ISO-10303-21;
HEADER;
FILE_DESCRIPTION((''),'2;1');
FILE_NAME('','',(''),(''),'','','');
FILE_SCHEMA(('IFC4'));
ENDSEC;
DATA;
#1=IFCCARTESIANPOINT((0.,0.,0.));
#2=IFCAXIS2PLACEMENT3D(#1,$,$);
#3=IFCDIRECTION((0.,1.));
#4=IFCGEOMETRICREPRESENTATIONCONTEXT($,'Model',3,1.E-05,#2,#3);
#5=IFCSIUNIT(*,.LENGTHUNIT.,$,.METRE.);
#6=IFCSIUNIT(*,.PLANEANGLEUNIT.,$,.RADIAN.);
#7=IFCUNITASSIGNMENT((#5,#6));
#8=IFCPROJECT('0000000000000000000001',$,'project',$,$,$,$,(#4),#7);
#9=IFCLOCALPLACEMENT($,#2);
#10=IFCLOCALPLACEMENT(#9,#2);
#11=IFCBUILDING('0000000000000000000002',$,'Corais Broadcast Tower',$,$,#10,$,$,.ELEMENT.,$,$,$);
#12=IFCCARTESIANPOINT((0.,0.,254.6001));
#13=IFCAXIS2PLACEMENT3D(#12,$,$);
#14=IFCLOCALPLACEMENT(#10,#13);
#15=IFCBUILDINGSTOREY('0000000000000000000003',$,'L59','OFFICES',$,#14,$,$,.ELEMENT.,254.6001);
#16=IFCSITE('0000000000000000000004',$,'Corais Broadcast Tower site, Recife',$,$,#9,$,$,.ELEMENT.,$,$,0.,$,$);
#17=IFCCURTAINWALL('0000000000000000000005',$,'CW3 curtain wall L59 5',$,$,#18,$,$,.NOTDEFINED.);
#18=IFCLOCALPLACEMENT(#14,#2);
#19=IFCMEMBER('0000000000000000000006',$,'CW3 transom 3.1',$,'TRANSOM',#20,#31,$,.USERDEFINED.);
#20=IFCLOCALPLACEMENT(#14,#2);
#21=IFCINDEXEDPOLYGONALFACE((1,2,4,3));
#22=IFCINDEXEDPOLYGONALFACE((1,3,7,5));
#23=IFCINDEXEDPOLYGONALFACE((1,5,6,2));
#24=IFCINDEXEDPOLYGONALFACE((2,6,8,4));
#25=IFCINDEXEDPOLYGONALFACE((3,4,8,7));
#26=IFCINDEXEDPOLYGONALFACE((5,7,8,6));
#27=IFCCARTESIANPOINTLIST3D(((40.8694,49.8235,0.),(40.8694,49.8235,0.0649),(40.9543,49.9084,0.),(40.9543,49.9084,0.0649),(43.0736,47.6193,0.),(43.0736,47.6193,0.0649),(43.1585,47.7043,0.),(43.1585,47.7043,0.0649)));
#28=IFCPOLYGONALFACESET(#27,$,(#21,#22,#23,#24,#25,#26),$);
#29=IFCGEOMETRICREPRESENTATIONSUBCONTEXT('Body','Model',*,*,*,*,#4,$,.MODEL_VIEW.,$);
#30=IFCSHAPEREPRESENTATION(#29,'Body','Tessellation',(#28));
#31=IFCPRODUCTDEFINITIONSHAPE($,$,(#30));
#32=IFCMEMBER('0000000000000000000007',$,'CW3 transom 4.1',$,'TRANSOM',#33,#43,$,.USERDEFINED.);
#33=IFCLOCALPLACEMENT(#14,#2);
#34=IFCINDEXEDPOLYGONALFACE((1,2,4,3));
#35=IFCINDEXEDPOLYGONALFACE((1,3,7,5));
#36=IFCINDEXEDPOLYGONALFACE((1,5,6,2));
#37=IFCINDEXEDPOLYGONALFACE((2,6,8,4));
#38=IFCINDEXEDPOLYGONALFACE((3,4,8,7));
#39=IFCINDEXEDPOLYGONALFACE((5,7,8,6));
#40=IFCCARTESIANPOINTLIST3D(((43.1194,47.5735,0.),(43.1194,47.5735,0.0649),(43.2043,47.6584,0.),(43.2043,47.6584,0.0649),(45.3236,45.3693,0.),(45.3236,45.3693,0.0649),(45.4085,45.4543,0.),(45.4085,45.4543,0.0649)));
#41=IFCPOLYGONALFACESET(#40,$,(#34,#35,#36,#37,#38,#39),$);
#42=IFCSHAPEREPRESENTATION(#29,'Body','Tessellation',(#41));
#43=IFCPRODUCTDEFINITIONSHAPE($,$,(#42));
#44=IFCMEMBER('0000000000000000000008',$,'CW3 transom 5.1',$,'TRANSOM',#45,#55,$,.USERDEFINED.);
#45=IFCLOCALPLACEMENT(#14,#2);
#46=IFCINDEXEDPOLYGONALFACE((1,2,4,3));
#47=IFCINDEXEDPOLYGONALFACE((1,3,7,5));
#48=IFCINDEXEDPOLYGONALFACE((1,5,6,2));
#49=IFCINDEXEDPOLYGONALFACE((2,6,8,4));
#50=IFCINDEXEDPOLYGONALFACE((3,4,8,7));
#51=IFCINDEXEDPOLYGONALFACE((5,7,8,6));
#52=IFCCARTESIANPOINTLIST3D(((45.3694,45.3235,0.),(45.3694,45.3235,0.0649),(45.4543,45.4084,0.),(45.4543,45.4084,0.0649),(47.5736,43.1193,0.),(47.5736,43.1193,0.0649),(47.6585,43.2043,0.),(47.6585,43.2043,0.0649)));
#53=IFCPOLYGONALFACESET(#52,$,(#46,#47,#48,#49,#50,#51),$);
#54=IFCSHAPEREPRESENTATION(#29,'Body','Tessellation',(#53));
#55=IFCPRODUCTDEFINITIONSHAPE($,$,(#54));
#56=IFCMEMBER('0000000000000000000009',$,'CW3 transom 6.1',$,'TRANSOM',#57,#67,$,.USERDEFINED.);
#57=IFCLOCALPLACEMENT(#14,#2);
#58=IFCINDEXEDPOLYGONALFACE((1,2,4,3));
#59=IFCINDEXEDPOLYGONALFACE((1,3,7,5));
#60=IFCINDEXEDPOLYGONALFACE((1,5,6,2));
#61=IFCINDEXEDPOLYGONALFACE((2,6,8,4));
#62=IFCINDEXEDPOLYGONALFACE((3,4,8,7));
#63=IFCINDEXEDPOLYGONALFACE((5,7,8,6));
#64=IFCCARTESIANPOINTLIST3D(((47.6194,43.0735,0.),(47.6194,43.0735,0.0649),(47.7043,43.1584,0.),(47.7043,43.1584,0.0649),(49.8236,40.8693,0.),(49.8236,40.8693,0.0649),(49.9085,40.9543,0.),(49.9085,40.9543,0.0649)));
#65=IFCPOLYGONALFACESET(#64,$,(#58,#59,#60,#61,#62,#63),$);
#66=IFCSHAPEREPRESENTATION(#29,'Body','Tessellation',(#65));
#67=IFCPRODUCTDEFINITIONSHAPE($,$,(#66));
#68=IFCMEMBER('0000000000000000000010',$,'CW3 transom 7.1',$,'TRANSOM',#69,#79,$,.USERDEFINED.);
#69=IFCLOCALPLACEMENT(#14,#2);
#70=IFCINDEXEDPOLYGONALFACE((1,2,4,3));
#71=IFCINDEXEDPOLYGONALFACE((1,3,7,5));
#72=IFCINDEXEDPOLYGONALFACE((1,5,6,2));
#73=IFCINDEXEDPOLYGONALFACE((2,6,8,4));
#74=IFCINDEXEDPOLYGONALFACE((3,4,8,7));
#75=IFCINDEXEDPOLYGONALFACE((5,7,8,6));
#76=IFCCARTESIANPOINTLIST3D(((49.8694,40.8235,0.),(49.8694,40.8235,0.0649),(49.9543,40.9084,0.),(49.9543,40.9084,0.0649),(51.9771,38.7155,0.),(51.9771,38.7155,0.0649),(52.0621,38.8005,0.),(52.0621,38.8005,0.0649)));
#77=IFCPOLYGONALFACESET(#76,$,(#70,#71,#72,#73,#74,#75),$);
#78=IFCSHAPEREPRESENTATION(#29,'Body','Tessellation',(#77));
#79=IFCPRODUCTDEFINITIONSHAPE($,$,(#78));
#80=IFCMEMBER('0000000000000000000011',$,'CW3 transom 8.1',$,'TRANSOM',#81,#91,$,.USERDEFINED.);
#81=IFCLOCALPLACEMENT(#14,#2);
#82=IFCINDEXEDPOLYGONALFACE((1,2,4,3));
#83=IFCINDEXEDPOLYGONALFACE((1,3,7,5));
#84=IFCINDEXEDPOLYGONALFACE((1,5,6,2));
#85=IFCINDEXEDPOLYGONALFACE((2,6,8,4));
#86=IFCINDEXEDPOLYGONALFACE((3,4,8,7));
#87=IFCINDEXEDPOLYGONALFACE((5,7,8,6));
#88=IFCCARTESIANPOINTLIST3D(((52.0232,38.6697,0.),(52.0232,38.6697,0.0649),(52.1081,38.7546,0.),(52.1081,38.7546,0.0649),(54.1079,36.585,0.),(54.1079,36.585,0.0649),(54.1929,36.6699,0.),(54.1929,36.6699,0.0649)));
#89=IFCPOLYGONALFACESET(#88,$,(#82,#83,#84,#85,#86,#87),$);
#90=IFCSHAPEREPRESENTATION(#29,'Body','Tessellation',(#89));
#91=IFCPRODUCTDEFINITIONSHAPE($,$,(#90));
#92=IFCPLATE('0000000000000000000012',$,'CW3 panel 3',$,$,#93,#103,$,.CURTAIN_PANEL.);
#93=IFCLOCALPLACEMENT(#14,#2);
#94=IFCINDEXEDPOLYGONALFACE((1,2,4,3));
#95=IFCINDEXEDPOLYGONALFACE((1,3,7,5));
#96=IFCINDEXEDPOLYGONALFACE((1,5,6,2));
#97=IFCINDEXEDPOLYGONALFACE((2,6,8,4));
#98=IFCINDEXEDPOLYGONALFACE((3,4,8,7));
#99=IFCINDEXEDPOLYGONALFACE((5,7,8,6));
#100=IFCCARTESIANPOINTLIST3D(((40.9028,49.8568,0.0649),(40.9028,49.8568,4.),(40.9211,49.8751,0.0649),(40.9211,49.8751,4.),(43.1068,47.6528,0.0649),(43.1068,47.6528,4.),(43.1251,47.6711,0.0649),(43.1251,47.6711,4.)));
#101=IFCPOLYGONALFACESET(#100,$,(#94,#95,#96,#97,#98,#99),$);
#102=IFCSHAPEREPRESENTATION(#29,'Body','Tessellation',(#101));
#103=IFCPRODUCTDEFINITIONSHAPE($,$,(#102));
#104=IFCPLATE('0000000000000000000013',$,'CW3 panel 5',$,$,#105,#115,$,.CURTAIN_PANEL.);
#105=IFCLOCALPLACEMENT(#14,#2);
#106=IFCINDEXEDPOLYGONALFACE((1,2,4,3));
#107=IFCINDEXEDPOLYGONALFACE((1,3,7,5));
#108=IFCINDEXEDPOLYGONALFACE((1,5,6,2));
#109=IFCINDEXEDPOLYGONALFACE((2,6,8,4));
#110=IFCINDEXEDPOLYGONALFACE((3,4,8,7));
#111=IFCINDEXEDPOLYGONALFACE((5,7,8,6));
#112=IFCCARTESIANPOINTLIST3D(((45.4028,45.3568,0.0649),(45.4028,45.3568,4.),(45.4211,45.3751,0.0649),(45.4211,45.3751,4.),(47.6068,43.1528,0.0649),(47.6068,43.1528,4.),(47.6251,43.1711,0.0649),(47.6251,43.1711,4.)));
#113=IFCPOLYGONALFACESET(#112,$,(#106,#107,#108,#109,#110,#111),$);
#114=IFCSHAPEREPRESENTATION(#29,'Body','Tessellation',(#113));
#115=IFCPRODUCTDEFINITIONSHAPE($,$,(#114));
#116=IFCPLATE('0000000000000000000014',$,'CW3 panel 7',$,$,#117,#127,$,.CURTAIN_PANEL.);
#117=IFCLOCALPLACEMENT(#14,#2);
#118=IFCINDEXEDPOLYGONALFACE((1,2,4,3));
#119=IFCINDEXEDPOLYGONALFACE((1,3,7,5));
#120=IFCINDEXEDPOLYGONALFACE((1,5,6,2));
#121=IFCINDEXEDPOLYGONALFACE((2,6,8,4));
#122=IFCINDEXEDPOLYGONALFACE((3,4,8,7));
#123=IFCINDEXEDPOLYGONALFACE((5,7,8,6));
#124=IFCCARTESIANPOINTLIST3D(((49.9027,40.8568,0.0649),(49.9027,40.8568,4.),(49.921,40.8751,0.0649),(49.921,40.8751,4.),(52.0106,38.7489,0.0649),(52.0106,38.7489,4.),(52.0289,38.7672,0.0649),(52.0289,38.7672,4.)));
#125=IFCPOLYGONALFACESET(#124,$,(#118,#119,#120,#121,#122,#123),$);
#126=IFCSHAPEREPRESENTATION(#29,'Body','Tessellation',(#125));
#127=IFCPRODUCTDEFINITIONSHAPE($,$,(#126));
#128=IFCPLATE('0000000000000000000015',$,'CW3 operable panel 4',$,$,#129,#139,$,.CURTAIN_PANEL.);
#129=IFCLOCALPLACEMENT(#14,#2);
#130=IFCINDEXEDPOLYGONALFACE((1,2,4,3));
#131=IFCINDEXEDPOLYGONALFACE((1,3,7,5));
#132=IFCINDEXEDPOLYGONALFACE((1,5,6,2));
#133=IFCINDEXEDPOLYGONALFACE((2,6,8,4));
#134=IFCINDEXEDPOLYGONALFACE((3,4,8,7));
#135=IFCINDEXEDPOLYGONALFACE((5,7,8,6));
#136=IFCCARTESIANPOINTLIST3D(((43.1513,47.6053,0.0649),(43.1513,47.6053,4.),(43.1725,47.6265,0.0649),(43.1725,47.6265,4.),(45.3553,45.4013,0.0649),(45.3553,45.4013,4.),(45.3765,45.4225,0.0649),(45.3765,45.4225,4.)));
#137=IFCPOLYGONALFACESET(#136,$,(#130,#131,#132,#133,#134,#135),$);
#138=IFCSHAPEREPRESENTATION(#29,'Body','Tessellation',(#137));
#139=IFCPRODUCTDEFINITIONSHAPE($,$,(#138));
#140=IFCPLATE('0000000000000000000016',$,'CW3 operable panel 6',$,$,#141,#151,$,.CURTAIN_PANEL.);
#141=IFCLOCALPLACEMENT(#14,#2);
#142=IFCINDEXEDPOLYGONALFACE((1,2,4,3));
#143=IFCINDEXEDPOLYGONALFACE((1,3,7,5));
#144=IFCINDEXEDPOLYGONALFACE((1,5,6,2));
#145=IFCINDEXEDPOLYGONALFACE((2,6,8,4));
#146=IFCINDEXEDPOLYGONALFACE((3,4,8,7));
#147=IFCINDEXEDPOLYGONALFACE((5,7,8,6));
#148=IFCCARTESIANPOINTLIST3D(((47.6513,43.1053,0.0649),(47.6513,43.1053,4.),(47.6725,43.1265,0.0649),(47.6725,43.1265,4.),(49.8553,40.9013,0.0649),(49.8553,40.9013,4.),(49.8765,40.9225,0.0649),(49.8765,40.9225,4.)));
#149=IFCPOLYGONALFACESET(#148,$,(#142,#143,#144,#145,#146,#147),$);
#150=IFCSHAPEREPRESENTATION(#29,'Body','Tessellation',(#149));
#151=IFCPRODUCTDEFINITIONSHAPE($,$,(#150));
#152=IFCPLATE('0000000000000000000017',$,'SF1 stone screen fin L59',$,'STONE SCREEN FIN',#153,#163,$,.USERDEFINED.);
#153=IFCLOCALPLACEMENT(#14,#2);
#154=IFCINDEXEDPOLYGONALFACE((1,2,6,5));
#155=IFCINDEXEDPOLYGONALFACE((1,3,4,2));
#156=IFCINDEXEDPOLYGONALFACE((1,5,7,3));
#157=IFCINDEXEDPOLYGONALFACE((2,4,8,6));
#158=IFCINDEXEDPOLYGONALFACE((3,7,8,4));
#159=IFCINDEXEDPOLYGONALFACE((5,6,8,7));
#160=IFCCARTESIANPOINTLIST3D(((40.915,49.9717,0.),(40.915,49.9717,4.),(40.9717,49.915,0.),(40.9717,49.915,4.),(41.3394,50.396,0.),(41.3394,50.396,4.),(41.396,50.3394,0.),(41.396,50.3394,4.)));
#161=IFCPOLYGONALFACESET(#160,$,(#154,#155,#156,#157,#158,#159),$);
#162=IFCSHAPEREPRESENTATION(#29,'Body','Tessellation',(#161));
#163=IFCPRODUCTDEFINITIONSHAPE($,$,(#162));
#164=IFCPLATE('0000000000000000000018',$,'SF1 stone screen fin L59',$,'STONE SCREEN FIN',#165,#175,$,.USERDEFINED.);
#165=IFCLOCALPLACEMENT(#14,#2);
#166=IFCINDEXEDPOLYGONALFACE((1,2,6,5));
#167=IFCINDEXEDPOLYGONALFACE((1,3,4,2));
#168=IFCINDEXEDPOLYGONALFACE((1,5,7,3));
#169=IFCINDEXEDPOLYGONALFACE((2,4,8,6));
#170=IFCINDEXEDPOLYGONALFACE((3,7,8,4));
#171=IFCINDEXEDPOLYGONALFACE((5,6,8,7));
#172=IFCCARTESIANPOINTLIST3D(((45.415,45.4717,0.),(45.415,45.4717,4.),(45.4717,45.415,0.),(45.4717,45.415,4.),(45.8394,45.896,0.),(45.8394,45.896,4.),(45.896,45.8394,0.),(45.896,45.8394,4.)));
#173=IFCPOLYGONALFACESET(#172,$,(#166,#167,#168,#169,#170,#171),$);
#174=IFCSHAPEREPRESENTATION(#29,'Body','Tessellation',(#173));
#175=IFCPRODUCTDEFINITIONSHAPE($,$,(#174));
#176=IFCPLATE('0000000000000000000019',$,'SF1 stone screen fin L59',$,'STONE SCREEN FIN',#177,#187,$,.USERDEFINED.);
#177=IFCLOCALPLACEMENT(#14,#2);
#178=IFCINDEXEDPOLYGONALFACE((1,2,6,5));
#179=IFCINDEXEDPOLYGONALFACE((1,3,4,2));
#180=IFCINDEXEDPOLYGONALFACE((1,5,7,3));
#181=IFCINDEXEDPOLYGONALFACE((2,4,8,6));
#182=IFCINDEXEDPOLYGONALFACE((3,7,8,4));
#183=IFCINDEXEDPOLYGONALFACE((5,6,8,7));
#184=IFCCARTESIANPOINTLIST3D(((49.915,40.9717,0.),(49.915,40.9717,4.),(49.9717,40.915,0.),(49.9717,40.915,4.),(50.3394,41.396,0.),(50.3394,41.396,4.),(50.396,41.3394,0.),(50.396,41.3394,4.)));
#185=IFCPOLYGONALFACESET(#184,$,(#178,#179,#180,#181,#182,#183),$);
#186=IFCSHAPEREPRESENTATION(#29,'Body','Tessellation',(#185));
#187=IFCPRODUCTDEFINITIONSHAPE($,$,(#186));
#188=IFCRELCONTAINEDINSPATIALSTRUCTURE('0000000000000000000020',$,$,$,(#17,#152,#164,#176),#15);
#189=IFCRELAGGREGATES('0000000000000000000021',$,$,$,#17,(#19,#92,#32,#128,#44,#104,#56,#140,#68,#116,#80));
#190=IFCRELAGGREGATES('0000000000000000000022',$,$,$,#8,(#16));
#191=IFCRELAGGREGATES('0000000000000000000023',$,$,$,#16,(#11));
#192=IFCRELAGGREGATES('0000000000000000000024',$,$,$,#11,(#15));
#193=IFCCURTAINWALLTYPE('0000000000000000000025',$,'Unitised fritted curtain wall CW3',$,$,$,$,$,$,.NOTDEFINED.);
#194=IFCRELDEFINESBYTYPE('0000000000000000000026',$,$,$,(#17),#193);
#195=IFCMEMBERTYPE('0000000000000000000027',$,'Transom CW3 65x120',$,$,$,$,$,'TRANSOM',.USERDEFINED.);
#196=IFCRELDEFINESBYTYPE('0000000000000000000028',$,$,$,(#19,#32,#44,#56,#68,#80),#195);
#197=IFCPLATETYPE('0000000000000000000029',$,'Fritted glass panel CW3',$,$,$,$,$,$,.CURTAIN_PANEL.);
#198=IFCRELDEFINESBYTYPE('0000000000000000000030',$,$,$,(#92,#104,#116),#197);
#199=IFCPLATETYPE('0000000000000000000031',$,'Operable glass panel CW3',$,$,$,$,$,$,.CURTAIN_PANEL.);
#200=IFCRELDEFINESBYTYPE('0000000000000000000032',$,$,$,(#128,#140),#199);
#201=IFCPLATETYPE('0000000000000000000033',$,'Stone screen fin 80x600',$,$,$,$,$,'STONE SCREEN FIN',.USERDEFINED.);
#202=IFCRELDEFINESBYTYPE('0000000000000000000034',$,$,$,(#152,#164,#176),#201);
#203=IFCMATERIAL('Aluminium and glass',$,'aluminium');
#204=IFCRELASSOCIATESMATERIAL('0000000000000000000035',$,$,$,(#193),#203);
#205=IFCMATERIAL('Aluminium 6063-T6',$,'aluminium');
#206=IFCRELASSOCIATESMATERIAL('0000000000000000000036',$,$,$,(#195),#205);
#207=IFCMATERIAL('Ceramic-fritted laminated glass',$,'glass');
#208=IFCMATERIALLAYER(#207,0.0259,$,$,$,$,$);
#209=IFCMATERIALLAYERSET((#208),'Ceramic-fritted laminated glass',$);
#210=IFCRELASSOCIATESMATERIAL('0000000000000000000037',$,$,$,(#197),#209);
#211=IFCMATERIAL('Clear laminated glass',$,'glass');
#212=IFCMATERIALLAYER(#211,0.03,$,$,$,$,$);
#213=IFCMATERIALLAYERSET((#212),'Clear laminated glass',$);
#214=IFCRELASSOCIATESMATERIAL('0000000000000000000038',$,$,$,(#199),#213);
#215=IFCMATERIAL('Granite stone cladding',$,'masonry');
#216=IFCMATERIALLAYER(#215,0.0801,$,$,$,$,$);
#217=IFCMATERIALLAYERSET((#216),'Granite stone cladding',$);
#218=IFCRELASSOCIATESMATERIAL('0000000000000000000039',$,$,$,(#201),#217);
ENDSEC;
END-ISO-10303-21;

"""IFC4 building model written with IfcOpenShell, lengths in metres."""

from ifc_helpers import new_model, si_unit, direction, frame, origin, origin_2d, place, context, subcontext, project, spatial, rectangle, extrude, material, layer, layer_set, material_profile, profile_set, type_object, element, aggregate, save


model = new_model("IFC4")

# Units and contexts
model_context = context("Model", 3, precision=1e-05, world=origin(), true_north=direction((0.0, 1.0)))
body_context = subcontext(model_context, "Body", "Model", "MODEL_VIEW")
ifc_project = project(units=[si_unit("LENGTHUNIT", "METRE"), si_unit("PLANEANGLEUNIT", "RADIAN")], contexts=[model_context])

# Site, building, storey
site_placement = place(None, origin())
site = spatial("IfcSite", under=ifc_project, at=site_placement, Name="Corais Broadcast Tower site, Recife", CompositionType="ELEMENT", RefElevation=0.0)
building_placement = place(site_placement, origin())
building = spatial("IfcBuilding", under=site, at=building_placement, Name="Corais Broadcast Tower", CompositionType="ELEMENT")
storey_placement = place(building_placement, frame((0.0, 0.0, 254.6001)))
storey = spatial("IfcBuildingStorey", under=building, at=storey_placement, Name="L59", Description="OFFICES", CompositionType="ELEMENT", Elevation=254.6001)

# Curtain wall
ifc_material_1 = material(Name="Aluminium and glass", Category="aluminium")
curtain_wall_type = type_object("IfcCurtainWallType", Name="Unitised fritted curtain wall CW3", PredefinedType="NOTDEFINED", material=ifc_material_1)
curtain_wall_placement = place(storey_placement, origin())
curtain_wall = element("IfcCurtainWall", 1, at=curtain_wall_placement, inside=storey, type_object=curtain_wall_type, Name="CW3 curtain wall L59 5", PredefinedType="NOTDEFINED")

# Members
ifc_material_2 = material(Name="Aluminium 6063-T6", Category="aluminium")
ifc_material_profile_1 = material_profile(ifc_material_2, rectangle(XDim=0.1201, YDim=0.0649, at=origin_2d()), Name="Transom CW3 65x120")
ifc_profile_set_1 = profile_set([ifc_material_profile_1], Name="Aluminium 6063-T6")
member_type_1 = type_object("IfcMemberType", Name="Transom CW3 65x120", ElementType="TRANSOM", PredefinedType="USERDEFINED", material=ifc_profile_set_1)
member_1_placement = place(storey_placement, frame((40.9119, 49.866, 0.0325), z_axis=(0.707107, -0.707107, 0.0), x_axis=(0.707107, 0.707107, 0.0)))
member_1 = element("IfcMember", 2, at=member_1_placement, type_object=member_type_1, Name="CW3 transom 3.1", ObjectType="TRANSOM", PredefinedType="USERDEFINED", context=body_context, shape_type="SweptSolid", body=[
    extrude(rectangle(XDim=0.1201, YDim=0.0649, at=origin_2d()), origin(), (0.0, 0.0, 1.0), 3.1172),
])
member_2_placement = place(storey_placement, frame((43.1619, 47.616, 0.0325), z_axis=(0.707107, -0.707107, 0.0), x_axis=(0.707107, 0.707107, 0.0)))
member_2 = element("IfcMember", 3, at=member_2_placement, type_object=member_type_1, Name="CW3 transom 4.1", ObjectType="TRANSOM", PredefinedType="USERDEFINED", context=body_context, shape_type="SweptSolid", body=[
    extrude(rectangle(XDim=0.1201, YDim=0.0649, at=origin_2d()), origin(), (0.0, 0.0, 1.0), 3.1172),
])
member_3_placement = place(storey_placement, frame((45.4119, 45.366, 0.0325), z_axis=(0.707107, -0.707107, 0.0), x_axis=(0.707107, 0.707107, 0.0)))
member_3 = element("IfcMember", 4, at=member_3_placement, type_object=member_type_1, Name="CW3 transom 5.1", ObjectType="TRANSOM", PredefinedType="USERDEFINED", context=body_context, shape_type="SweptSolid", body=[
    extrude(rectangle(XDim=0.1201, YDim=0.0649, at=origin_2d()), origin(), (0.0, 0.0, 1.0), 3.1172),
])
member_4_placement = place(storey_placement, frame((47.6619, 43.116, 0.0325), z_axis=(0.707107, -0.707107, 0.0), x_axis=(0.707107, 0.707107, 0.0)))
member_4 = element("IfcMember", 5, at=member_4_placement, type_object=member_type_1, Name="CW3 transom 6.1", ObjectType="TRANSOM", PredefinedType="USERDEFINED", context=body_context, shape_type="SweptSolid", body=[
    extrude(rectangle(XDim=0.1201, YDim=0.0649, at=origin_2d()), origin(), (0.0, 0.0, 1.0), 3.1172),
])
member_5_placement = place(storey_placement, frame((49.9119, 40.866, 0.0325), z_axis=(0.707066, -0.707148, 0.0), x_axis=(0.707148, 0.707066, 0.0)))
member_5 = element("IfcMember", 6, at=member_5_placement, type_object=member_type_1, Name="CW3 transom 7.1", ObjectType="TRANSOM", PredefinedType="USERDEFINED", context=body_context, shape_type="SweptSolid", body=[
    extrude(rectangle(XDim=0.1201, YDim=0.0649, at=origin_2d()), origin(), (0.0, 0.0, 1.0), 2.981),
])
member_6_placement = place(storey_placement, frame((52.0657, 38.7122, 0.0325), z_axis=(0.707107, -0.707107, 0.0), x_axis=(0.707107, 0.707107, 0.0)))
member_6 = element("IfcMember", 7, at=member_6_placement, type_object=member_type_1, Name="CW3 transom 8.1", ObjectType="TRANSOM", PredefinedType="USERDEFINED", context=body_context, shape_type="SweptSolid", body=[
    extrude(rectangle(XDim=0.1201, YDim=0.0649, at=origin_2d()), origin(), (0.0, 0.0, 1.0), 2.9482),
])

# Plates
ifc_material_3 = material(Name="Ceramic-fritted laminated glass", Category="glass")
ifc_layer_1 = layer(ifc_material_3, 0.0259)
ifc_layer_set_1 = layer_set([ifc_layer_1], Name="Ceramic-fritted laminated glass")
plate_type_1 = type_object("IfcPlateType", Name="Fritted glass panel CW3", PredefinedType="CURTAIN_PANEL", material=ifc_layer_set_1)
plate_1_placement = place(storey_placement, frame((42.0139, 48.7639, 0.0649), z_axis=(0.0, 0.0, 1.0), x_axis=(0.707107, -0.707107, 0.0)))
plate_1 = element("IfcPlate", 8, at=plate_1_placement, type_object=plate_type_1, Name="CW3 panel 3", PredefinedType="CURTAIN_PANEL", context=body_context, shape_type="SweptSolid", body=[
    extrude(rectangle(XDim=3.1169, YDim=0.0259, at=origin_2d()), origin(), (0.0, 0.0, 1.0), 3.9351),
])
plate_2_placement = place(storey_placement, frame((46.5139, 44.2639, 0.0649), z_axis=(0.0, 0.0, 1.0), x_axis=(0.707107, -0.707107, 0.0)))
plate_2 = element("IfcPlate", 9, at=plate_2_placement, type_object=plate_type_1, Name="CW3 panel 5", PredefinedType="CURTAIN_PANEL", context=body_context, shape_type="SweptSolid", body=[
    extrude(rectangle(XDim=3.1169, YDim=0.0259, at=origin_2d()), origin(), (0.0, 0.0, 1.0), 3.9351),
])
plate_3_placement = place(storey_placement, frame((50.9658, 39.812, 0.0649), z_axis=(0.0, 0.0, 1.0), x_axis=(0.707107, -0.707107, 0.0)))
plate_3 = element("IfcPlate", 10, at=plate_3_placement, type_object=plate_type_1, Name="CW3 panel 7", PredefinedType="CURTAIN_PANEL", context=body_context, shape_type="SweptSolid", body=[
    extrude(rectangle(XDim=2.981, YDim=0.0259, at=origin_2d()), origin(), (0.0, 0.0, 1.0), 3.9351),
])
ifc_material_4 = material(Name="Clear laminated glass", Category="glass")
ifc_layer_2 = layer(ifc_material_4, 0.03)
ifc_layer_set_2 = layer_set([ifc_layer_2], Name="Clear laminated glass")
plate_type_2 = type_object("IfcPlateType", Name="Operable glass panel CW3", PredefinedType="CURTAIN_PANEL", material=ifc_layer_set_2)
plate_4_placement = place(storey_placement, frame((44.2639, 46.5139, 0.0649), z_axis=(0.0, 0.0, 1.0), x_axis=(0.707107, -0.707107, 0.0)))
plate_4 = element("IfcPlate", 11, at=plate_4_placement, type_object=plate_type_2, Name="CW3 operable panel 4", PredefinedType="CURTAIN_PANEL", context=body_context, shape_type="SweptSolid", body=[
    extrude(rectangle(XDim=3.1169, YDim=0.03, at=origin_2d()), origin(), (0.0, 0.0, 1.0), 3.9351),
])
plate_5_placement = place(storey_placement, frame((48.7639, 42.0139, 0.0649), z_axis=(0.0, 0.0, 1.0), x_axis=(0.707107, -0.707107, 0.0)))
plate_5 = element("IfcPlate", 12, at=plate_5_placement, type_object=plate_type_2, Name="CW3 operable panel 6", PredefinedType="CURTAIN_PANEL", context=body_context, shape_type="SweptSolid", body=[
    extrude(rectangle(XDim=3.1169, YDim=0.03, at=origin_2d()), origin(), (0.0, 0.0, 1.0), 3.9351),
])
aggregate(curtain_wall, [member_1, plate_1, member_2, plate_4, member_3, plate_2, member_4, plate_5, member_5, plate_3, member_6])

# Plates
ifc_material_5 = material(Name="Granite stone cladding", Category="masonry")
ifc_layer_3 = layer(ifc_material_5, 0.0801)
ifc_layer_set_3 = layer_set([ifc_layer_3], Name="Granite stone cladding")
plate_type_3 = type_object("IfcPlateType", Name="Stone screen fin 80x600", ElementType="STONE SCREEN FIN", PredefinedType="USERDEFINED", material=ifc_layer_set_3)
for number, where, z_axis, x_axis, name in (
    (13, (41.1555, 50.1555, 0.0), (0.0, 0.0, 1.0), (0.707107, -0.707107, 0.0), "SF1 stone screen fin L59"),
    (14, (45.6555, 45.6555, 0.0), (0.0, 0.0, 1.0), (0.707107, -0.707107, 0.0), "SF1 stone screen fin L59"),
    (15, (50.1555, 41.1555, 0.0), (0.0, 0.0, 1.0), (0.707107, -0.707107, 0.0), "SF1 stone screen fin L59"),
):
    element("IfcPlate", number, at=place(storey_placement, frame(where, z_axis=z_axis, x_axis=x_axis)), inside=storey, type_object=plate_type_3, Name=name, ObjectType="STONE SCREEN FIN", PredefinedType="USERDEFINED", context=body_context, shape_type="SweptSolid", body=[
        extrude(rectangle(XDim=0.0801, YDim=0.6001, at=origin_2d()), origin(), (0.0, 0.0, 1.0), 4.0),
    ])

save(model, "model.ifc")
